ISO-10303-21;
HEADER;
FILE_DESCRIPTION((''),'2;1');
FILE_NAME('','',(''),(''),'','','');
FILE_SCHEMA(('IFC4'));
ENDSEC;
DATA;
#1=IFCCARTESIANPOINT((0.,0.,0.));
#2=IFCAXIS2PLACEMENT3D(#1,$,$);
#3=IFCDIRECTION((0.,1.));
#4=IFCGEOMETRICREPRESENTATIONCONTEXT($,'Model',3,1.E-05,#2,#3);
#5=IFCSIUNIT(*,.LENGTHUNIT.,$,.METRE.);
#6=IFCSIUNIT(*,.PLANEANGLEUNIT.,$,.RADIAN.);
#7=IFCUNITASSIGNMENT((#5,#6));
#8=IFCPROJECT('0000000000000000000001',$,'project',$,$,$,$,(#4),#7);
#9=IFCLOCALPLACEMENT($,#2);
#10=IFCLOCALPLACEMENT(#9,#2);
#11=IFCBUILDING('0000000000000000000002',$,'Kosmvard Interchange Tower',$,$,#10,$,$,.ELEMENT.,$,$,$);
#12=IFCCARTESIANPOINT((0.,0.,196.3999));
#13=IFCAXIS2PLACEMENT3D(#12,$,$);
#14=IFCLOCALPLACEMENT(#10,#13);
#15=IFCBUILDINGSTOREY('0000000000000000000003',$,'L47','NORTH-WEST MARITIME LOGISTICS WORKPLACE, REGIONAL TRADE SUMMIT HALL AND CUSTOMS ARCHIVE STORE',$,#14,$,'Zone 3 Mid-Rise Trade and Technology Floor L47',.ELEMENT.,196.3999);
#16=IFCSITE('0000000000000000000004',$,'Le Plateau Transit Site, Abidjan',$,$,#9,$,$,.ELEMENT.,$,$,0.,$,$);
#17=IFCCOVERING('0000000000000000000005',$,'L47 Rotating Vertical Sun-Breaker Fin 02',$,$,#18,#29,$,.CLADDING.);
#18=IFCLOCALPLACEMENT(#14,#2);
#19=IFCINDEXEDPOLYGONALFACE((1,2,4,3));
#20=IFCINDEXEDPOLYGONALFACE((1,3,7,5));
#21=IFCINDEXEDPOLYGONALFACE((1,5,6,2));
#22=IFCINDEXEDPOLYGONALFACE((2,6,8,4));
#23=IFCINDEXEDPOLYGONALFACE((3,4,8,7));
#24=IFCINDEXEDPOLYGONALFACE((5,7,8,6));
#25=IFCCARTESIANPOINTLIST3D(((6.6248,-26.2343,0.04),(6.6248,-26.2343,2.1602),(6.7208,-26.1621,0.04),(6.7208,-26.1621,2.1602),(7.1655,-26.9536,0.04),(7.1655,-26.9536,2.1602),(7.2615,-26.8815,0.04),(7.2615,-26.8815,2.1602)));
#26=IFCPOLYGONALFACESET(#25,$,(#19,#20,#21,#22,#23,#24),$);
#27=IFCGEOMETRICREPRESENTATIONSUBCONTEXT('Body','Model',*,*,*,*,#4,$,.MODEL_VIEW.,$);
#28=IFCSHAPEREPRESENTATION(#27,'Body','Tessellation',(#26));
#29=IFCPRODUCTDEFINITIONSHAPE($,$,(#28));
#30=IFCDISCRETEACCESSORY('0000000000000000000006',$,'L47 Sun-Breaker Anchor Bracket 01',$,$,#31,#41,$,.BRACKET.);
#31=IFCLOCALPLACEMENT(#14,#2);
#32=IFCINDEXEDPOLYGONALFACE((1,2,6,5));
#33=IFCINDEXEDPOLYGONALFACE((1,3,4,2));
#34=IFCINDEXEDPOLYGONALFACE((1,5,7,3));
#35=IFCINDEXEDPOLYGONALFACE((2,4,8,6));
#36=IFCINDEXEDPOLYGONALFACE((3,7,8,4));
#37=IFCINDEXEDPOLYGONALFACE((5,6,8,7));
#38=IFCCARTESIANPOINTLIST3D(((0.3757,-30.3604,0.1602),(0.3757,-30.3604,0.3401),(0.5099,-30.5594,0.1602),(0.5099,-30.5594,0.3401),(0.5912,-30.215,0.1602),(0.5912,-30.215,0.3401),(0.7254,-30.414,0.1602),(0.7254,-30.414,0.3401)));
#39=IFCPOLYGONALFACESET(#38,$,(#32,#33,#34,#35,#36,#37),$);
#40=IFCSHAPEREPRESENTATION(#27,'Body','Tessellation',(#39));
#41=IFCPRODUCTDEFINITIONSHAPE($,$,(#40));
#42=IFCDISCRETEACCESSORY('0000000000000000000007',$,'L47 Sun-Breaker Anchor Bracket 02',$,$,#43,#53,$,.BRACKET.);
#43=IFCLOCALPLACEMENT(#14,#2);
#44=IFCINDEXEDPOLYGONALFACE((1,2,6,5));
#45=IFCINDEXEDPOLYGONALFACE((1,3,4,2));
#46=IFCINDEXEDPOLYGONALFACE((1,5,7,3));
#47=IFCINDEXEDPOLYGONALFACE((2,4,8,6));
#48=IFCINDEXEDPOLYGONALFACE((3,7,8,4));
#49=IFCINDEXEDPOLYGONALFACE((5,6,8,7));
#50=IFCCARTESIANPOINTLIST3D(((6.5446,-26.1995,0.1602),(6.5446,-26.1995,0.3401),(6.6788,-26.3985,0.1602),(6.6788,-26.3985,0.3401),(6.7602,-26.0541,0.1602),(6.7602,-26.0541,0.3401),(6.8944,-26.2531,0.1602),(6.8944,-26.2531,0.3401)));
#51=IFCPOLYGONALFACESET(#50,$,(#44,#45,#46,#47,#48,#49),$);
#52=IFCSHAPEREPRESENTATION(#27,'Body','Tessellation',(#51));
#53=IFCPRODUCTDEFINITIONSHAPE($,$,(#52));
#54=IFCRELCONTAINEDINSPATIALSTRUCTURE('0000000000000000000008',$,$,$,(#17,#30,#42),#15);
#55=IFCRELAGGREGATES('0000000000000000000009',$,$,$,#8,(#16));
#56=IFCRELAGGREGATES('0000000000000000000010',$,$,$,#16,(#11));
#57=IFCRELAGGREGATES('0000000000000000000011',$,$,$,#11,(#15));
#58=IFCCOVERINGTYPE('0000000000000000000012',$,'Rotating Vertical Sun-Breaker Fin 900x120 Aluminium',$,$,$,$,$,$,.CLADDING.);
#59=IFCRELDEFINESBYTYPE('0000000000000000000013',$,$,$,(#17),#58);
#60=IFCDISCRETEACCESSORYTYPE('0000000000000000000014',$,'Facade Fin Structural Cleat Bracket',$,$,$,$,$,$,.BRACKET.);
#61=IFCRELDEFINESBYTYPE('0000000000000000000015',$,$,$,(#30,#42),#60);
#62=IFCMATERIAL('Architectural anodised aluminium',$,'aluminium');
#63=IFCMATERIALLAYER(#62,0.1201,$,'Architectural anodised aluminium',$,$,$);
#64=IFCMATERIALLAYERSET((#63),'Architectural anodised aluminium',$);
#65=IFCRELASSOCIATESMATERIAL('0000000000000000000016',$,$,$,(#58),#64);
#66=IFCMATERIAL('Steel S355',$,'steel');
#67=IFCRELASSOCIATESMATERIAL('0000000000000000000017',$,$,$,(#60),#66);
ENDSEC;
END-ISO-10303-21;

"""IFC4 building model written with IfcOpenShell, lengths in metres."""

from ifc_helpers import new_model, si_unit, direction, frame, origin, origin_2d, place, context, subcontext, project, spatial, rectangle, extrude, source, transform, mapped, material, layer, layer_set, type_object, element, save


model = new_model("IFC4")

# Units and contexts
model_context = context("Model", 3, precision=1e-05, world=origin(), true_north=direction((0.0, 1.0)))
body_context = subcontext(model_context, "Body", "Model", "MODEL_VIEW")
ifc_project = project(units=[si_unit("LENGTHUNIT", "METRE"), si_unit("PLANEANGLEUNIT", "RADIAN")], contexts=[model_context])

# Site, building, storey
site_placement = place(None, origin())
site = spatial("IfcSite", under=ifc_project, at=site_placement, Name="Le Plateau Transit Site, Abidjan", CompositionType="ELEMENT", RefElevation=0.0)
building_placement = place(site_placement, origin())
building = spatial("IfcBuilding", under=site, at=building_placement, Name="Kosmvard Interchange Tower", CompositionType="ELEMENT")
storey_placement = place(building_placement, frame((0.0, 0.0, 196.3999)))
storey = spatial("IfcBuildingStorey", under=building, at=storey_placement, Name="L47", Description="NORTH-WEST MARITIME LOGISTICS WORKPLACE, REGIONAL TRADE SUMMIT HALL AND CUSTOMS ARCHIVE STORE", LongName="Zone 3 Mid-Rise Trade and Technology Floor L47", CompositionType="ELEMENT", Elevation=196.3999)

# Shared definitions
ifc_material_1 = material(Name="Steel S355", Category="steel")

# Covering
ifc_material_2 = material(Name="Architectural anodised aluminium", Category="aluminium")
ifc_layer_1 = layer(ifc_material_2, 0.1201, Name="Architectural anodised aluminium")
ifc_layer_set_1 = layer_set([ifc_layer_1], Name="Architectural anodised aluminium")
covering_type = type_object("IfcCoveringType", Name="Rotating Vertical Sun-Breaker Fin 900x120 Aluminium", PredefinedType="CLADDING", material=ifc_layer_set_1)
shared_shape_1 = source(origin(), body_context, "Body", "SweptSolid", [
    extrude(rectangle(XDim=0.8999, YDim=0.1201, at=origin_2d()), origin(), (0.0, 0.0, 1.0), 2.1201),
])
for number, where, z_axis, x_axis, name in (
    (1, (6.9431, -26.5579, 0.04), (0.0, 0.0, 1.0), (0.600839, -0.79937, 0.0), "L47 Rotating Vertical Sun-Breaker Fin 02"),
):
    element("IfcCovering", number, at=place(storey_placement, frame(where, z_axis=z_axis, x_axis=x_axis)), inside=storey, type_object=covering_type, Name=name, PredefinedType="CLADDING", context=body_context, shape_type="MappedRepresentation", body=[
        mapped(shared_shape_1, transform((0.0, 0.0, 0.0), scale=1.0)),
    ])

# Discrete accessories
discrete_accessory_type = type_object("IfcDiscreteAccessoryType", Name="Facade Fin Structural Cleat Bracket", PredefinedType="BRACKET", material=ifc_material_1)
shared_shape_2 = source(origin(), body_context, "Body", "SweptSolid", [
    extrude(rectangle(XDim=0.24, YDim=0.26, at=origin_2d()), origin(), (0.0, 0.0, 1.0), 0.1799),
])
for number, where, z_axis, x_axis, name in (
    (2, (0.5505, -30.3872, 0.1602), (0.0, 0.0, 1.0), (0.559193, -0.829038, 0.0), "L47 Sun-Breaker Anchor Bracket 01"),
    (3, (6.7195, -26.2263, 0.1602), (0.0, 0.0, 1.0), (0.559193, -0.829038, 0.0), "L47 Sun-Breaker Anchor Bracket 02"),
):
    element("IfcDiscreteAccessory", number, at=place(storey_placement, frame(where, z_axis=z_axis, x_axis=x_axis)), inside=storey, type_object=discrete_accessory_type, Name=name, PredefinedType="BRACKET", context=body_context, shape_type="MappedRepresentation", body=[
        mapped(shared_shape_2, transform((0.0, 0.0, 0.0), scale=1.0)),
    ])

save(model, "model.ifc")
